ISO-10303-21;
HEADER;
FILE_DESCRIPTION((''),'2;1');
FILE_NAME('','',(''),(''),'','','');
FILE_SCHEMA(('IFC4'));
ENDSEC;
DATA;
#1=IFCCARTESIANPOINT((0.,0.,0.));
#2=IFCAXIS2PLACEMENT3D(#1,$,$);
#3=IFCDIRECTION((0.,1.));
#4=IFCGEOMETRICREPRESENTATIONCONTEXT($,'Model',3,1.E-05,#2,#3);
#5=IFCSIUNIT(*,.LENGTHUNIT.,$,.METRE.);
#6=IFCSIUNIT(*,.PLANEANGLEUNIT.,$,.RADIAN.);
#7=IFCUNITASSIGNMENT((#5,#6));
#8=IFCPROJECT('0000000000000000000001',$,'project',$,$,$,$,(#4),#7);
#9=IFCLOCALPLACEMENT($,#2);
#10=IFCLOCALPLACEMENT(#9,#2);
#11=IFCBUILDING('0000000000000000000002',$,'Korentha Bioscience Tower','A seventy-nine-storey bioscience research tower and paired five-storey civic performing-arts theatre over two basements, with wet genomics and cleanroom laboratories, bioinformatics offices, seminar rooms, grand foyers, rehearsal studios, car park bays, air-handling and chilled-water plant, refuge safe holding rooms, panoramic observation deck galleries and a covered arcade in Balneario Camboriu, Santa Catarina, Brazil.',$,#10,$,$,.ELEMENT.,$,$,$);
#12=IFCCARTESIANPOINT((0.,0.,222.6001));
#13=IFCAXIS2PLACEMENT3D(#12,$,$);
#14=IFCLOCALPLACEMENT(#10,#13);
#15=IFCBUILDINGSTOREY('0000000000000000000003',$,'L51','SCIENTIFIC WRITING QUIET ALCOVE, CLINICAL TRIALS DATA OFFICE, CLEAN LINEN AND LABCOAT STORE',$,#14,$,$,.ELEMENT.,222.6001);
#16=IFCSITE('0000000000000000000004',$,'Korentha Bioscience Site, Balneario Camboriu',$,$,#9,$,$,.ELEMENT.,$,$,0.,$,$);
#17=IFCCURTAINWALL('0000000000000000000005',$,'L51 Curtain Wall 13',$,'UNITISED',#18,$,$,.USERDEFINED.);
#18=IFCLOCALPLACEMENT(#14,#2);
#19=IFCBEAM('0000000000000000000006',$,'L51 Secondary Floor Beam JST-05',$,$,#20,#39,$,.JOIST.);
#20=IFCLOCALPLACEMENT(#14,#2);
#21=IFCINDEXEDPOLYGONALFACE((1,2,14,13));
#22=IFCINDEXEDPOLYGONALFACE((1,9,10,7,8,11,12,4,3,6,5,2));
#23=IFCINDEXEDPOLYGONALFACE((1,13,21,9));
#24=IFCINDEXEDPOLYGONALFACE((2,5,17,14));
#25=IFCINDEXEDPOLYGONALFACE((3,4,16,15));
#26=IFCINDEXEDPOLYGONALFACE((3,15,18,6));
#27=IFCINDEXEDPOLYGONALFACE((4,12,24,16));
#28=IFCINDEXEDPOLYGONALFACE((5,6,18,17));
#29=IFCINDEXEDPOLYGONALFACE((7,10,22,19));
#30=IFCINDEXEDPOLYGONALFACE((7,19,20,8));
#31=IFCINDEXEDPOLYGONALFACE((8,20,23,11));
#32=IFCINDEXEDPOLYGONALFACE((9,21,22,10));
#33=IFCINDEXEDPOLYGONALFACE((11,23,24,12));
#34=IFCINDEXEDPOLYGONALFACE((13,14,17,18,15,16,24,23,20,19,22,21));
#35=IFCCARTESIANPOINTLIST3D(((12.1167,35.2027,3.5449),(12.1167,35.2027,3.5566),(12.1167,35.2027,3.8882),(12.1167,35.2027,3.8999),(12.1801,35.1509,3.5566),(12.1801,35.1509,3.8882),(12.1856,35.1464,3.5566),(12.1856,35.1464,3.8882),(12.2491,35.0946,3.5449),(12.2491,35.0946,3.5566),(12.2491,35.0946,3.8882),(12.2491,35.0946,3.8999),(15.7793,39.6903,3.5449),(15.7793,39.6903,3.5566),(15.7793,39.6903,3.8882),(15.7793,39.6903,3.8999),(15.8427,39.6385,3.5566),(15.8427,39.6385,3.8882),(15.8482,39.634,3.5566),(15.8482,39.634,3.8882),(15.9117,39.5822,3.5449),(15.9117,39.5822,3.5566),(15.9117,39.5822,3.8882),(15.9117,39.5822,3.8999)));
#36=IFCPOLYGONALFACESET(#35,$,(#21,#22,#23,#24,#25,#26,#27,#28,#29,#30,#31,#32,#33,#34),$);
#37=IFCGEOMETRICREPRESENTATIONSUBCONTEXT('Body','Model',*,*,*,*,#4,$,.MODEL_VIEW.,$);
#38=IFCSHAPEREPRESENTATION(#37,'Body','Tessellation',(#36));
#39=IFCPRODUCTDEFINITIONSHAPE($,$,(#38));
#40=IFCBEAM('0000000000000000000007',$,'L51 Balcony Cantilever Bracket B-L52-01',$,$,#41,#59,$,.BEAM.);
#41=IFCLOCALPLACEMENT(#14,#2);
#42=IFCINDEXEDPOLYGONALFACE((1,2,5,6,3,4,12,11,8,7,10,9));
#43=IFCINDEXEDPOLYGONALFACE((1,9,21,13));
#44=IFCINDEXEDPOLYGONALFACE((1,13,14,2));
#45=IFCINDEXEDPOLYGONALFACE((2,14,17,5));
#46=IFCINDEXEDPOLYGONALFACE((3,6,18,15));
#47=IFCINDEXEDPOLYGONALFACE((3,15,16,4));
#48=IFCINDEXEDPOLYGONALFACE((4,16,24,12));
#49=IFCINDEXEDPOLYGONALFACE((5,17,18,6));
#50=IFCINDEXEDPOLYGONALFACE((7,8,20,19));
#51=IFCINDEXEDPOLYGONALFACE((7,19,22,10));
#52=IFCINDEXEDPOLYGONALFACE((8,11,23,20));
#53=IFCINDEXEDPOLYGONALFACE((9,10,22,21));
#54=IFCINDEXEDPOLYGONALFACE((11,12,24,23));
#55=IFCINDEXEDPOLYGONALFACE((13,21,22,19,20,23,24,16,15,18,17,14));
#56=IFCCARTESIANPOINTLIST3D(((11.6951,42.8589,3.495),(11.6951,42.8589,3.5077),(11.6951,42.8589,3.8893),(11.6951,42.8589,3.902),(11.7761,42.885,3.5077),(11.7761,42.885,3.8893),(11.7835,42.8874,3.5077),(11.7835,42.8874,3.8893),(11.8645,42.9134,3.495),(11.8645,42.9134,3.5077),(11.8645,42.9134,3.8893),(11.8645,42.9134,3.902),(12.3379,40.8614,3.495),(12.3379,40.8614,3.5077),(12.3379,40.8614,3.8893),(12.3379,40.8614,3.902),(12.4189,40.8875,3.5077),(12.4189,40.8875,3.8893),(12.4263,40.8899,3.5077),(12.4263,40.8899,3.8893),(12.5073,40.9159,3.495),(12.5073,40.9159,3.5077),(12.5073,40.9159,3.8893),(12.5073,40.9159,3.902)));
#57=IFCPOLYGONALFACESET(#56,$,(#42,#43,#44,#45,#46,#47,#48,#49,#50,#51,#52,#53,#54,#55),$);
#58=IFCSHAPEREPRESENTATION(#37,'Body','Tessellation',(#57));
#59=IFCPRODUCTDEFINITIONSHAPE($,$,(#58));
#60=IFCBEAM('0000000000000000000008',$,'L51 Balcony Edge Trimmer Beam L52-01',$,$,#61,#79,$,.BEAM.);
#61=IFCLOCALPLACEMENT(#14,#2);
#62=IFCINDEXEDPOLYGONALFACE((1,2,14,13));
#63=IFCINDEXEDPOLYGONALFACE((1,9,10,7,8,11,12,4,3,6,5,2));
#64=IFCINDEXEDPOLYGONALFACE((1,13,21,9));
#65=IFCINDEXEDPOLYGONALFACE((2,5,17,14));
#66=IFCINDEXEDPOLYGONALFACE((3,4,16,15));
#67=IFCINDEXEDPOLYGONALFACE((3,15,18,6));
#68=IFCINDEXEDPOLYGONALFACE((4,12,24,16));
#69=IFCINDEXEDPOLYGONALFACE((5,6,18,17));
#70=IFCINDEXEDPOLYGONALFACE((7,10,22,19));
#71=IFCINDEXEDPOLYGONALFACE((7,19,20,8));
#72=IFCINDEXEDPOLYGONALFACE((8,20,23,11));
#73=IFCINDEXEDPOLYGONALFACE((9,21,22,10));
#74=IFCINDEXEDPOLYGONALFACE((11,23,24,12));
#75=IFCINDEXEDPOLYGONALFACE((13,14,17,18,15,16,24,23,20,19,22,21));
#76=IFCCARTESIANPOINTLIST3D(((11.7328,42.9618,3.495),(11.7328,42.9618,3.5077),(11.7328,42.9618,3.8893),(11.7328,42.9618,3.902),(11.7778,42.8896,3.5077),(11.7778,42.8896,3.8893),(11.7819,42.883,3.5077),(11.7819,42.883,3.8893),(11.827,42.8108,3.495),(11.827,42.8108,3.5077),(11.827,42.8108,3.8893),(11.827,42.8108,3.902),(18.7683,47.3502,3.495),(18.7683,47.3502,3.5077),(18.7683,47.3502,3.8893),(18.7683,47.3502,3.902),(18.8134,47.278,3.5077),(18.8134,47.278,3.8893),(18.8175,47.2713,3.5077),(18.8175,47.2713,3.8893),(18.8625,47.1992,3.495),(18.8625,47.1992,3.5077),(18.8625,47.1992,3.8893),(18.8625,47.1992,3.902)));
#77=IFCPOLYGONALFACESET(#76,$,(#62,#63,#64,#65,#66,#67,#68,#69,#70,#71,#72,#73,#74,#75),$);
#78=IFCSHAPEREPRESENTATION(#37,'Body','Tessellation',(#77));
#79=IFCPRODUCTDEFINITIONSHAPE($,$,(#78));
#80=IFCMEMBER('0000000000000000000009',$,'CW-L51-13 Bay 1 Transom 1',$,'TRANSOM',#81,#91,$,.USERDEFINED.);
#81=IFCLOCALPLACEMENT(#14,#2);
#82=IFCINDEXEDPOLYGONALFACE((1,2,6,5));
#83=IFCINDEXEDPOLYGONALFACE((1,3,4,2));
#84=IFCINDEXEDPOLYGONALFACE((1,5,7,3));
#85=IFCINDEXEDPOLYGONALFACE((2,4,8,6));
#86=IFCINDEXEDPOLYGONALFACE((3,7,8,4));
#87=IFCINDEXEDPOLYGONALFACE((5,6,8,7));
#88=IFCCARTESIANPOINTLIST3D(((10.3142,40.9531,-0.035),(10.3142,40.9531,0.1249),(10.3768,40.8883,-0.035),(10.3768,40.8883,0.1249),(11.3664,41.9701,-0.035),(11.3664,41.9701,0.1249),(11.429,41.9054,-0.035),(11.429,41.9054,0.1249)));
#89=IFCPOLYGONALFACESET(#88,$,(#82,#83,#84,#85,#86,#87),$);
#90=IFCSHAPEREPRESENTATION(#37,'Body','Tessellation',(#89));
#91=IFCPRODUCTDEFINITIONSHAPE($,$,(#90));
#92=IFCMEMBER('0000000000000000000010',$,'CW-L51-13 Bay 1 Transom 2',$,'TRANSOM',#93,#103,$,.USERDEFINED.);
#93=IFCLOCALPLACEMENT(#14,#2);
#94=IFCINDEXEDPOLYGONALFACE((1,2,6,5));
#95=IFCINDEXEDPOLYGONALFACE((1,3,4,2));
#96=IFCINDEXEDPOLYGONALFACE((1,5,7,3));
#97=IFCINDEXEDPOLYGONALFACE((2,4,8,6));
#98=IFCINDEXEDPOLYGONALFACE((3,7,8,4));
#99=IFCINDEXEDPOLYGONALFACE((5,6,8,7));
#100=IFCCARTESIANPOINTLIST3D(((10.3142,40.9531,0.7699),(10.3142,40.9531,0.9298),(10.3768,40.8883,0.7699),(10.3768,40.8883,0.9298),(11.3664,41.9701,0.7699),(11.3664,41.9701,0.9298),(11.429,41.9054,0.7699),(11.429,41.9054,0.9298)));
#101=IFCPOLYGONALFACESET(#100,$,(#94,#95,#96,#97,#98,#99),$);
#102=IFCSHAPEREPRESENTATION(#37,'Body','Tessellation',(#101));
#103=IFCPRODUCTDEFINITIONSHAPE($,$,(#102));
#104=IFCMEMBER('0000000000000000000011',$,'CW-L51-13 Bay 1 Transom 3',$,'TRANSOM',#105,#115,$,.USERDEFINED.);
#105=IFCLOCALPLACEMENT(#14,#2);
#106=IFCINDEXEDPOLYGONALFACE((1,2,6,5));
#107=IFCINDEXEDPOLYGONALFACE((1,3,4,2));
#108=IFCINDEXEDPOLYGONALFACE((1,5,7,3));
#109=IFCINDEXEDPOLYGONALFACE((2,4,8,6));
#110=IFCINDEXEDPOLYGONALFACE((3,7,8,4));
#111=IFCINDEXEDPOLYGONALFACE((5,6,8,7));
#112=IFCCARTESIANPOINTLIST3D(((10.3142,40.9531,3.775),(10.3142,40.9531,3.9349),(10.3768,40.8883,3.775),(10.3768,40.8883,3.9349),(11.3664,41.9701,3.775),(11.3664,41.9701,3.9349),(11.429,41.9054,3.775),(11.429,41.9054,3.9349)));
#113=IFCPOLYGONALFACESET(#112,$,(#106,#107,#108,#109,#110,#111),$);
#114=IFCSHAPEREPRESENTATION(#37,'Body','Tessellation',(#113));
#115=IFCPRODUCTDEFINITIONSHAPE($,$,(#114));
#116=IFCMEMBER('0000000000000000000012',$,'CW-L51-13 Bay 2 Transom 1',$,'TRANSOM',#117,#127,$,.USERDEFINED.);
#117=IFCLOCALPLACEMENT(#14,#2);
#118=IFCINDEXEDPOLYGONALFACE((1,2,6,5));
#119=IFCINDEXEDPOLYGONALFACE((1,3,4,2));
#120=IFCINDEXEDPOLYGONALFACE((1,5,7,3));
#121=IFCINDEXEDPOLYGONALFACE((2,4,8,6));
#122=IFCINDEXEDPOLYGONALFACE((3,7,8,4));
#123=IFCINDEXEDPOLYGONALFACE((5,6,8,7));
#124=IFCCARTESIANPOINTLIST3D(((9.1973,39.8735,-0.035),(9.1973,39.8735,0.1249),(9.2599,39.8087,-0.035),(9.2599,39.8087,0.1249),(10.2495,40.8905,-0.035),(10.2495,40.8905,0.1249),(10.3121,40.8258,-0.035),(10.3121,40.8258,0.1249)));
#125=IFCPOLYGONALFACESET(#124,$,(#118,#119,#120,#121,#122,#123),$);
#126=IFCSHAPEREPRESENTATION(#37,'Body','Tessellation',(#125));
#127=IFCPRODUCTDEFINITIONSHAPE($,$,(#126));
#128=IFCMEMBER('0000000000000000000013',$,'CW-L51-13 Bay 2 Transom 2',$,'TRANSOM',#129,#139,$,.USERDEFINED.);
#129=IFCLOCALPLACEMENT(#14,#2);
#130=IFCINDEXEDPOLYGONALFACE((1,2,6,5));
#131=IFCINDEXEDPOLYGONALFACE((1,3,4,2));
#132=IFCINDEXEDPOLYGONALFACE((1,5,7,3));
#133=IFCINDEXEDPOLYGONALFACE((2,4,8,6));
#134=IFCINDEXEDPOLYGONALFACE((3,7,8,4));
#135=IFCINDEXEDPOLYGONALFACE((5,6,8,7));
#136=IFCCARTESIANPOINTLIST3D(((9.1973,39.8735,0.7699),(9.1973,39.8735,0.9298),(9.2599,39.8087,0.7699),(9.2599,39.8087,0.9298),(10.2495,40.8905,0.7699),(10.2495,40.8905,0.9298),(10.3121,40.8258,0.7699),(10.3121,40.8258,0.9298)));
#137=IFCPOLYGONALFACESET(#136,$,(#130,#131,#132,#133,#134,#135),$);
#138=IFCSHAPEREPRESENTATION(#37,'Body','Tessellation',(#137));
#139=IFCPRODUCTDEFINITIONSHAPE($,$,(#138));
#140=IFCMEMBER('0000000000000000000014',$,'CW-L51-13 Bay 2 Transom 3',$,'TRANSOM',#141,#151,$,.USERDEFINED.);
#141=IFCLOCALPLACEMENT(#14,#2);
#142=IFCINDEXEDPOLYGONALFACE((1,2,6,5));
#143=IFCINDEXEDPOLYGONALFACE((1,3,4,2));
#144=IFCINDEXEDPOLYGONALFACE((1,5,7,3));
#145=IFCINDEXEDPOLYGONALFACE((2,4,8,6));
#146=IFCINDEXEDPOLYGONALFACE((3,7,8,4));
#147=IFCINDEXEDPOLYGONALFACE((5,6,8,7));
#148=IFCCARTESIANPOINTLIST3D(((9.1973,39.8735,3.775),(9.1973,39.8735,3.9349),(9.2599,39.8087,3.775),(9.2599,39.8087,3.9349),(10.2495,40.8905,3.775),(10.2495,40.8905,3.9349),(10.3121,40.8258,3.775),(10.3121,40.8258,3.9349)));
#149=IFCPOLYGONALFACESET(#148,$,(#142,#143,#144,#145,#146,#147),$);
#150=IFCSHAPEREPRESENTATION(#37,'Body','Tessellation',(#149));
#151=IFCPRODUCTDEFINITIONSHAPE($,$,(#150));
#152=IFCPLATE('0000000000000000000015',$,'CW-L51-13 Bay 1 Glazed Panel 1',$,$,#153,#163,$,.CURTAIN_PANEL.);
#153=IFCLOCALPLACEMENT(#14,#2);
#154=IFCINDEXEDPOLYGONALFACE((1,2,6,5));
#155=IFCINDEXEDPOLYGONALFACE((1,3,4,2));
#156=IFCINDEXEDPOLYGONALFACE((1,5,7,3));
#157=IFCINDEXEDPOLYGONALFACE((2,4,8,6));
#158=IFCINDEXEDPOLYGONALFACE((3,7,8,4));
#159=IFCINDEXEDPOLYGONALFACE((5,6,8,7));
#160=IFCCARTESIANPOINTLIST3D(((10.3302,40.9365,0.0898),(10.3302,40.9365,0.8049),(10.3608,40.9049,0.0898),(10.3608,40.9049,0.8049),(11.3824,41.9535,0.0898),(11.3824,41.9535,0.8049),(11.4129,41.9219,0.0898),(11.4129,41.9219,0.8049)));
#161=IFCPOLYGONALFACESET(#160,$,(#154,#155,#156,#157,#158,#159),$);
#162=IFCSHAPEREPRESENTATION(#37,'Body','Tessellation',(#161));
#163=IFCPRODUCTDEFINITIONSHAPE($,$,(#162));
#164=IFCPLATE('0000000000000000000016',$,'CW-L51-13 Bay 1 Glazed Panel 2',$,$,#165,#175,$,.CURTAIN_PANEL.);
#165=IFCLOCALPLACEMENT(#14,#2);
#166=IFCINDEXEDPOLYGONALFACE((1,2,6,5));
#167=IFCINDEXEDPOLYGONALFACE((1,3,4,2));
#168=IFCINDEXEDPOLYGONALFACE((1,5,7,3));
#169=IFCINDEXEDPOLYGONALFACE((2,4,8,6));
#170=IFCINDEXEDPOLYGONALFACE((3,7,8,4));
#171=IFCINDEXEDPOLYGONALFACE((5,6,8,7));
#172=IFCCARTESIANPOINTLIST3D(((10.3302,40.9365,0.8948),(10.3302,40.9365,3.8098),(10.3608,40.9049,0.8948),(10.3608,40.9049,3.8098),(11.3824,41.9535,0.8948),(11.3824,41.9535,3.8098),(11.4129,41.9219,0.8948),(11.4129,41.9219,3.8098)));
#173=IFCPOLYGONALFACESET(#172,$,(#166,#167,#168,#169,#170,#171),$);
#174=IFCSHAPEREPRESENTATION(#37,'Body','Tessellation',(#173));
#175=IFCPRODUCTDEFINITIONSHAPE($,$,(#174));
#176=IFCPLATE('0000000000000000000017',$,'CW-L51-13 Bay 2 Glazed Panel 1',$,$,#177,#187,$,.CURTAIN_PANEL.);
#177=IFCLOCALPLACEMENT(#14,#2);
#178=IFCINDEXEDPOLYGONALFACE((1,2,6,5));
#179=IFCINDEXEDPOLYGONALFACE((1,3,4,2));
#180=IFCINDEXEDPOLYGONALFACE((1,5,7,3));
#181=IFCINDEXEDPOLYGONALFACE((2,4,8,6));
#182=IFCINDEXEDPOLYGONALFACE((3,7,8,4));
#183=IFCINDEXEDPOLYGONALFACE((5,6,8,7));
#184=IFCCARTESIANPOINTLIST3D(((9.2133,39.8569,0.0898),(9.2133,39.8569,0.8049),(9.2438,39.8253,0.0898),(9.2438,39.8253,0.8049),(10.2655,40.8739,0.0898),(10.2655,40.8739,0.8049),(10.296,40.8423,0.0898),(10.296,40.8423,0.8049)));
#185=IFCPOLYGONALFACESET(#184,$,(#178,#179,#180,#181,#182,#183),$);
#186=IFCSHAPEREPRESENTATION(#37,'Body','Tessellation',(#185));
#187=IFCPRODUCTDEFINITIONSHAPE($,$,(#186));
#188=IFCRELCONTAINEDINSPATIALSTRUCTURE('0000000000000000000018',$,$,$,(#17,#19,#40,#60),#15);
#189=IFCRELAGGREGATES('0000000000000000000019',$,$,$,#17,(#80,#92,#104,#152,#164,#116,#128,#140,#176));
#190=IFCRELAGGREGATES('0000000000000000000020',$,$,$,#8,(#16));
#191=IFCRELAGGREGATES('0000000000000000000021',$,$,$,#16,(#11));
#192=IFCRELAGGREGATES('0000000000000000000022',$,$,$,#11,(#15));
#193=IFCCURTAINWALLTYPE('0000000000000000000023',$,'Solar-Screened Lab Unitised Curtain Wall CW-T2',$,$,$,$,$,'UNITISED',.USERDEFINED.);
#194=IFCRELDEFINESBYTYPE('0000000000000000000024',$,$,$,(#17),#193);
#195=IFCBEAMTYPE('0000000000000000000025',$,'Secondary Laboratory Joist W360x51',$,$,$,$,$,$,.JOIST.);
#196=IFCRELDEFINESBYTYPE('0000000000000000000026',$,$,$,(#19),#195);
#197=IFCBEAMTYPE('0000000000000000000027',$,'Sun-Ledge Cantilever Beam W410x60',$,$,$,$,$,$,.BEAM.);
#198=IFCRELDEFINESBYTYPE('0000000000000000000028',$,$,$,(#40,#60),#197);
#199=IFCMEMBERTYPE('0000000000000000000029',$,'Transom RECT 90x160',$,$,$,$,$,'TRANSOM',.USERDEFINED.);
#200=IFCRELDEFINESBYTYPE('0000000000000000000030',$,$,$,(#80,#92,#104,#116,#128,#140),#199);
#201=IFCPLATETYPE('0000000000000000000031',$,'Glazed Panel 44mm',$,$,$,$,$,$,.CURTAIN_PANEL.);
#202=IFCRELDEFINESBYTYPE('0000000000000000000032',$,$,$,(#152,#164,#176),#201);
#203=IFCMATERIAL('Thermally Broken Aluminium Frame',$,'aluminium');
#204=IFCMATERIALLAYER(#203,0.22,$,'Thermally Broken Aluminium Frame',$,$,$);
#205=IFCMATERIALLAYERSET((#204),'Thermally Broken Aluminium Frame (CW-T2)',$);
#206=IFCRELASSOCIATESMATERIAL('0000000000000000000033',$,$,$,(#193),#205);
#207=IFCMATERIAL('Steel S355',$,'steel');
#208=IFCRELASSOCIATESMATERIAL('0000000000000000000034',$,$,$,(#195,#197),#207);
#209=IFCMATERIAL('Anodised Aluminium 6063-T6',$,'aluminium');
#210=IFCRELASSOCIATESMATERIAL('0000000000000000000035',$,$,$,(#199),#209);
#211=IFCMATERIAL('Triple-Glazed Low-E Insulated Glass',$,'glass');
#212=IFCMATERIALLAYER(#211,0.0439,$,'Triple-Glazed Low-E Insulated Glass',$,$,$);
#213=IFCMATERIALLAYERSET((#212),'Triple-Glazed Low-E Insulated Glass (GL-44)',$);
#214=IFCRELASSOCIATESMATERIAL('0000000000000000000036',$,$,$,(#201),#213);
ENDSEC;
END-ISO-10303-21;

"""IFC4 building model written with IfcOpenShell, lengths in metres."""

from ifc_helpers import new_model, si_unit, direction, frame, origin, origin_2d, place, context, subcontext, project, spatial, rectangle, i_section, extrude, material, layer, layer_set, material_profile, profile_set, type_object, element, aggregate, save


model = new_model("IFC4")

# Units and contexts
model_context = context("Model", 3, precision=1e-05, world=origin(), true_north=direction((0.0, 1.0)))
body_context = subcontext(model_context, "Body", "Model", "MODEL_VIEW")
ifc_project = project(units=[si_unit("LENGTHUNIT", "METRE"), si_unit("PLANEANGLEUNIT", "RADIAN")], contexts=[model_context])

# Site, building, storey
site_placement = place(None, origin())
site = spatial("IfcSite", under=ifc_project, at=site_placement, Name="Korentha Bioscience Site, Balneario Camboriu", CompositionType="ELEMENT", RefElevation=0.0)
building_placement = place(site_placement, origin())
building = spatial("IfcBuilding", under=site, at=building_placement, Name="Korentha Bioscience Tower", Description="A seventy-nine-storey bioscience research tower and paired five-storey civic performing-arts theatre over two basements, with wet genomics and cleanroom laboratories, bioinformatics offices, seminar rooms, grand foyers, rehearsal studios, car park bays, air-handling and chilled-water plant, refuge safe holding rooms, panoramic observation deck galleries and a covered arcade in Balneario Camboriu, Santa Catarina, Brazil.", CompositionType="ELEMENT")
storey_placement = place(building_placement, frame((0.0, 0.0, 222.6001)))
storey = spatial("IfcBuildingStorey", under=building, at=storey_placement, Name="L51", Description="SCIENTIFIC WRITING QUIET ALCOVE, CLINICAL TRIALS DATA OFFICE, CLEAN LINEN AND LABCOAT STORE", CompositionType="ELEMENT", Elevation=222.6001)

# Shared definitions
ifc_material_1 = material(Name="Steel S355", Category="steel")

# Curtain wall
ifc_material_2 = material(Name="Thermally Broken Aluminium Frame", Category="aluminium")
ifc_layer_1 = layer(ifc_material_2, 0.22, Name="Thermally Broken Aluminium Frame")
ifc_layer_set_1 = layer_set([ifc_layer_1], Name="Thermally Broken Aluminium Frame (CW-T2)")
curtain_wall_type = type_object("IfcCurtainWallType", Name="Solar-Screened Lab Unitised Curtain Wall CW-T2", ElementType="UNITISED", PredefinedType="USERDEFINED", material=ifc_layer_set_1)
curtain_wall_placement = place(storey_placement, origin())
curtain_wall = element("IfcCurtainWall", 1, at=curtain_wall_placement, inside=storey, type_object=curtain_wall_type, Name="L51 Curtain Wall 13", ObjectType="UNITISED", PredefinedType="USERDEFINED")
ifc_material_3 = material(Name="Anodised Aluminium 6063-T6", Category="aluminium")

# Beams
ifc_material_profile_1 = material_profile(ifc_material_1, i_section(OverallWidth=0.1709, OverallDepth=0.355, WebThickness=0.0071, FlangeThickness=0.0117, at=origin_2d()), Name="Steel S355")
ifc_profile_set_1 = profile_set([ifc_material_profile_1], Name="Steel S355 (JB-360)")
beam_type_1 = type_object("IfcBeamType", Name="Secondary Laboratory Joist W360x51", PredefinedType="JOIST", material=ifc_profile_set_1)
beam_1_placement = place(storey_placement, frame((15.8455, 39.6362, 3.7224), z_axis=(-0.632303, -0.774721, 0.0), x_axis=(0.774721, -0.632303, 0.0)))
element("IfcBeam", 2, at=beam_1_placement, inside=storey, type_object=beam_type_1, Name="L51 Secondary Floor Beam JST-05", PredefinedType="JOIST", context=body_context, shape_type="SweptSolid", body=[
    extrude(i_section(OverallWidth=0.1709, OverallDepth=0.355, WebThickness=0.0071, FlangeThickness=0.0117, at=origin_2d()), origin(), (0.0, 0.0, 1.0), 5.7925),
])
ifc_material_profile_2 = material_profile(ifc_material_1, i_section(OverallWidth=0.178, OverallDepth=0.407, WebThickness=0.0078, FlangeThickness=0.0127, at=origin_2d()), Name="Steel S355")
ifc_profile_set_2 = profile_set([ifc_material_profile_2], Name="Steel S355 (CB-410)")
beam_type_2 = type_object("IfcBeamType", Name="Sun-Ledge Cantilever Beam W410x60", PredefinedType="BEAM", material=ifc_profile_set_2)
beam_2_placement = place(storey_placement, frame((12.4226, 40.8887, 3.6985), z_axis=(-0.306333, 0.951924, 0.0), x_axis=(-0.951924, -0.306333, 0.0)))
element("IfcBeam", 3, at=beam_2_placement, inside=storey, type_object=beam_type_2, Name="L51 Balcony Cantilever Bracket B-L52-01", PredefinedType="BEAM", context=body_context, shape_type="SweptSolid", body=[
    extrude(i_section(OverallWidth=0.178, OverallDepth=0.407, WebThickness=0.0078, FlangeThickness=0.0127, at=origin_2d()), origin(), (0.0, 0.0, 1.0), 2.0984),
])
beam_3_placement = place(storey_placement, frame((18.8154, 47.2747, 3.6985), z_axis=(-0.848478, -0.529231, 0.0), x_axis=(0.529231, -0.848478, 0.0)))
element("IfcBeam", 4, at=beam_3_placement, inside=storey, type_object=beam_type_2, Name="L51 Balcony Edge Trimmer Beam L52-01", PredefinedType="BEAM", context=body_context, shape_type="SweptSolid", body=[
    extrude(i_section(OverallWidth=0.178, OverallDepth=0.407, WebThickness=0.0078, FlangeThickness=0.0127, at=origin_2d()), origin(), (0.0, 0.0, 1.0), 8.292),
])

# Members
ifc_material_profile_3 = material_profile(ifc_material_3, rectangle(XDim=0.0901, YDim=0.1599, at=origin_2d()), Name="Anodised Aluminium 6063-T6")
ifc_profile_set_3 = profile_set([ifc_material_profile_3], Name="Anodised Aluminium 6063-T6 (CW-TRN)")
member_type_1 = type_object("IfcMemberType", Name="Transom RECT 90x160", ElementType="TRANSOM", PredefinedType="USERDEFINED", material=ifc_profile_set_3)
member_1_placement = place(storey_placement, frame((11.3977, 41.9377, 0.0449), z_axis=(-0.719016, -0.694993, 0.0), x_axis=(0.694993, -0.719016, 0.0)))
member_1 = element("IfcMember", 5, at=member_1_placement, type_object=member_type_1, Name="CW-L51-13 Bay 1 Transom 1", ObjectType="TRANSOM", PredefinedType="USERDEFINED", context=body_context, shape_type="SweptSolid", body=[
    extrude(rectangle(XDim=0.0901, YDim=0.1599, at=origin_2d()), origin(), (0.0, 0.0, 1.0), 1.4634),
])
member_2_placement = place(storey_placement, frame((11.3977, 41.9377, 0.8499), z_axis=(-0.719016, -0.694993, 0.0), x_axis=(0.694993, -0.719016, 0.0)))
member_2 = element("IfcMember", 6, at=member_2_placement, type_object=member_type_1, Name="CW-L51-13 Bay 1 Transom 2", ObjectType="TRANSOM", PredefinedType="USERDEFINED", context=body_context, shape_type="SweptSolid", body=[
    extrude(rectangle(XDim=0.0901, YDim=0.1599, at=origin_2d()), origin(), (0.0, 0.0, 1.0), 1.4634),
])
member_3_placement = place(storey_placement, frame((11.3977, 41.9377, 3.855), z_axis=(-0.719016, -0.694993, 0.0), x_axis=(0.694993, -0.719016, 0.0)))
member_3 = element("IfcMember", 7, at=member_3_placement, type_object=member_type_1, Name="CW-L51-13 Bay 1 Transom 3", ObjectType="TRANSOM", PredefinedType="USERDEFINED", context=body_context, shape_type="SweptSolid", body=[
    extrude(rectangle(XDim=0.0901, YDim=0.1599, at=origin_2d()), origin(), (0.0, 0.0, 1.0), 1.4634),
])
member_4_placement = place(storey_placement, frame((10.2808, 40.8582, 0.0449), z_axis=(-0.719016, -0.694993, 0.0), x_axis=(0.694993, -0.719016, 0.0)))
member_4 = element("IfcMember", 8, at=member_4_placement, type_object=member_type_1, Name="CW-L51-13 Bay 2 Transom 1", ObjectType="TRANSOM", PredefinedType="USERDEFINED", context=body_context, shape_type="SweptSolid", body=[
    extrude(rectangle(XDim=0.0901, YDim=0.1599, at=origin_2d()), origin(), (0.0, 0.0, 1.0), 1.4634),
])
member_5_placement = place(storey_placement, frame((10.2808, 40.8582, 0.8499), z_axis=(-0.719016, -0.694993, 0.0), x_axis=(0.694993, -0.719016, 0.0)))
member_5 = element("IfcMember", 9, at=member_5_placement, type_object=member_type_1, Name="CW-L51-13 Bay 2 Transom 2", ObjectType="TRANSOM", PredefinedType="USERDEFINED", context=body_context, shape_type="SweptSolid", body=[
    extrude(rectangle(XDim=0.0901, YDim=0.1599, at=origin_2d()), origin(), (0.0, 0.0, 1.0), 1.4634),
])
member_6_placement = place(storey_placement, frame((10.2808, 40.8582, 3.855), z_axis=(-0.719016, -0.694993, 0.0), x_axis=(0.694993, -0.719016, 0.0)))
member_6 = element("IfcMember", 10, at=member_6_placement, type_object=member_type_1, Name="CW-L51-13 Bay 2 Transom 3", ObjectType="TRANSOM", PredefinedType="USERDEFINED", context=body_context, shape_type="SweptSolid", body=[
    extrude(rectangle(XDim=0.0901, YDim=0.1599, at=origin_2d()), origin(), (0.0, 0.0, 1.0), 1.4634),
])

# Plates
ifc_material_4 = material(Name="Triple-Glazed Low-E Insulated Glass", Category="glass")
ifc_layer_2 = layer(ifc_material_4, 0.0439, Name="Triple-Glazed Low-E Insulated Glass")
ifc_layer_set_2 = layer_set([ifc_layer_2], Name="Triple-Glazed Low-E Insulated Glass (GL-44)")
plate_type = type_object("IfcPlateType", Name="Glazed Panel 44mm", PredefinedType="CURTAIN_PANEL", material=ifc_layer_set_2)
plate_1_placement = place(storey_placement, frame((10.8716, 41.4292, 0.0898), z_axis=(0.0, 0.0, 1.0), x_axis=(-0.719, -0.69501, 0.0)))
plate_1 = element("IfcPlate", 11, at=plate_1_placement, type_object=plate_type, Name="CW-L51-13 Bay 1 Glazed Panel 1", PredefinedType="CURTAIN_PANEL", context=body_context, shape_type="SweptSolid", body=[
    extrude(rectangle(XDim=1.4634, YDim=0.0439, at=origin_2d()), origin(), (0.0, 0.0, 1.0), 0.7151),
])
plate_2_placement = place(storey_placement, frame((10.8716, 41.4292, 0.8948), z_axis=(0.0, 0.0, 1.0), x_axis=(-0.719, -0.69501, 0.0)))
plate_2 = element("IfcPlate", 12, at=plate_2_placement, type_object=plate_type, Name="CW-L51-13 Bay 1 Glazed Panel 2", PredefinedType="CURTAIN_PANEL", context=body_context, shape_type="SweptSolid", body=[
    extrude(rectangle(XDim=1.4634, YDim=0.0439, at=origin_2d()), origin(), (0.0, 0.0, 1.0), 2.915),
])
plate_3_placement = place(storey_placement, frame((9.7546, 40.3496, 0.0898), z_axis=(0.0, 0.0, 1.0), x_axis=(-0.719, -0.69501, 0.0)))
plate_3 = element("IfcPlate", 13, at=plate_3_placement, type_object=plate_type, Name="CW-L51-13 Bay 2 Glazed Panel 1", PredefinedType="CURTAIN_PANEL", context=body_context, shape_type="SweptSolid", body=[
    extrude(rectangle(XDim=1.4634, YDim=0.0439, at=origin_2d()), origin(), (0.0, 0.0, 1.0), 0.7151),
])
aggregate(curtain_wall, [member_1, member_2, member_3, plate_1, plate_2, member_4, member_5, member_6, plate_3])

save(model, "model.ifc")
